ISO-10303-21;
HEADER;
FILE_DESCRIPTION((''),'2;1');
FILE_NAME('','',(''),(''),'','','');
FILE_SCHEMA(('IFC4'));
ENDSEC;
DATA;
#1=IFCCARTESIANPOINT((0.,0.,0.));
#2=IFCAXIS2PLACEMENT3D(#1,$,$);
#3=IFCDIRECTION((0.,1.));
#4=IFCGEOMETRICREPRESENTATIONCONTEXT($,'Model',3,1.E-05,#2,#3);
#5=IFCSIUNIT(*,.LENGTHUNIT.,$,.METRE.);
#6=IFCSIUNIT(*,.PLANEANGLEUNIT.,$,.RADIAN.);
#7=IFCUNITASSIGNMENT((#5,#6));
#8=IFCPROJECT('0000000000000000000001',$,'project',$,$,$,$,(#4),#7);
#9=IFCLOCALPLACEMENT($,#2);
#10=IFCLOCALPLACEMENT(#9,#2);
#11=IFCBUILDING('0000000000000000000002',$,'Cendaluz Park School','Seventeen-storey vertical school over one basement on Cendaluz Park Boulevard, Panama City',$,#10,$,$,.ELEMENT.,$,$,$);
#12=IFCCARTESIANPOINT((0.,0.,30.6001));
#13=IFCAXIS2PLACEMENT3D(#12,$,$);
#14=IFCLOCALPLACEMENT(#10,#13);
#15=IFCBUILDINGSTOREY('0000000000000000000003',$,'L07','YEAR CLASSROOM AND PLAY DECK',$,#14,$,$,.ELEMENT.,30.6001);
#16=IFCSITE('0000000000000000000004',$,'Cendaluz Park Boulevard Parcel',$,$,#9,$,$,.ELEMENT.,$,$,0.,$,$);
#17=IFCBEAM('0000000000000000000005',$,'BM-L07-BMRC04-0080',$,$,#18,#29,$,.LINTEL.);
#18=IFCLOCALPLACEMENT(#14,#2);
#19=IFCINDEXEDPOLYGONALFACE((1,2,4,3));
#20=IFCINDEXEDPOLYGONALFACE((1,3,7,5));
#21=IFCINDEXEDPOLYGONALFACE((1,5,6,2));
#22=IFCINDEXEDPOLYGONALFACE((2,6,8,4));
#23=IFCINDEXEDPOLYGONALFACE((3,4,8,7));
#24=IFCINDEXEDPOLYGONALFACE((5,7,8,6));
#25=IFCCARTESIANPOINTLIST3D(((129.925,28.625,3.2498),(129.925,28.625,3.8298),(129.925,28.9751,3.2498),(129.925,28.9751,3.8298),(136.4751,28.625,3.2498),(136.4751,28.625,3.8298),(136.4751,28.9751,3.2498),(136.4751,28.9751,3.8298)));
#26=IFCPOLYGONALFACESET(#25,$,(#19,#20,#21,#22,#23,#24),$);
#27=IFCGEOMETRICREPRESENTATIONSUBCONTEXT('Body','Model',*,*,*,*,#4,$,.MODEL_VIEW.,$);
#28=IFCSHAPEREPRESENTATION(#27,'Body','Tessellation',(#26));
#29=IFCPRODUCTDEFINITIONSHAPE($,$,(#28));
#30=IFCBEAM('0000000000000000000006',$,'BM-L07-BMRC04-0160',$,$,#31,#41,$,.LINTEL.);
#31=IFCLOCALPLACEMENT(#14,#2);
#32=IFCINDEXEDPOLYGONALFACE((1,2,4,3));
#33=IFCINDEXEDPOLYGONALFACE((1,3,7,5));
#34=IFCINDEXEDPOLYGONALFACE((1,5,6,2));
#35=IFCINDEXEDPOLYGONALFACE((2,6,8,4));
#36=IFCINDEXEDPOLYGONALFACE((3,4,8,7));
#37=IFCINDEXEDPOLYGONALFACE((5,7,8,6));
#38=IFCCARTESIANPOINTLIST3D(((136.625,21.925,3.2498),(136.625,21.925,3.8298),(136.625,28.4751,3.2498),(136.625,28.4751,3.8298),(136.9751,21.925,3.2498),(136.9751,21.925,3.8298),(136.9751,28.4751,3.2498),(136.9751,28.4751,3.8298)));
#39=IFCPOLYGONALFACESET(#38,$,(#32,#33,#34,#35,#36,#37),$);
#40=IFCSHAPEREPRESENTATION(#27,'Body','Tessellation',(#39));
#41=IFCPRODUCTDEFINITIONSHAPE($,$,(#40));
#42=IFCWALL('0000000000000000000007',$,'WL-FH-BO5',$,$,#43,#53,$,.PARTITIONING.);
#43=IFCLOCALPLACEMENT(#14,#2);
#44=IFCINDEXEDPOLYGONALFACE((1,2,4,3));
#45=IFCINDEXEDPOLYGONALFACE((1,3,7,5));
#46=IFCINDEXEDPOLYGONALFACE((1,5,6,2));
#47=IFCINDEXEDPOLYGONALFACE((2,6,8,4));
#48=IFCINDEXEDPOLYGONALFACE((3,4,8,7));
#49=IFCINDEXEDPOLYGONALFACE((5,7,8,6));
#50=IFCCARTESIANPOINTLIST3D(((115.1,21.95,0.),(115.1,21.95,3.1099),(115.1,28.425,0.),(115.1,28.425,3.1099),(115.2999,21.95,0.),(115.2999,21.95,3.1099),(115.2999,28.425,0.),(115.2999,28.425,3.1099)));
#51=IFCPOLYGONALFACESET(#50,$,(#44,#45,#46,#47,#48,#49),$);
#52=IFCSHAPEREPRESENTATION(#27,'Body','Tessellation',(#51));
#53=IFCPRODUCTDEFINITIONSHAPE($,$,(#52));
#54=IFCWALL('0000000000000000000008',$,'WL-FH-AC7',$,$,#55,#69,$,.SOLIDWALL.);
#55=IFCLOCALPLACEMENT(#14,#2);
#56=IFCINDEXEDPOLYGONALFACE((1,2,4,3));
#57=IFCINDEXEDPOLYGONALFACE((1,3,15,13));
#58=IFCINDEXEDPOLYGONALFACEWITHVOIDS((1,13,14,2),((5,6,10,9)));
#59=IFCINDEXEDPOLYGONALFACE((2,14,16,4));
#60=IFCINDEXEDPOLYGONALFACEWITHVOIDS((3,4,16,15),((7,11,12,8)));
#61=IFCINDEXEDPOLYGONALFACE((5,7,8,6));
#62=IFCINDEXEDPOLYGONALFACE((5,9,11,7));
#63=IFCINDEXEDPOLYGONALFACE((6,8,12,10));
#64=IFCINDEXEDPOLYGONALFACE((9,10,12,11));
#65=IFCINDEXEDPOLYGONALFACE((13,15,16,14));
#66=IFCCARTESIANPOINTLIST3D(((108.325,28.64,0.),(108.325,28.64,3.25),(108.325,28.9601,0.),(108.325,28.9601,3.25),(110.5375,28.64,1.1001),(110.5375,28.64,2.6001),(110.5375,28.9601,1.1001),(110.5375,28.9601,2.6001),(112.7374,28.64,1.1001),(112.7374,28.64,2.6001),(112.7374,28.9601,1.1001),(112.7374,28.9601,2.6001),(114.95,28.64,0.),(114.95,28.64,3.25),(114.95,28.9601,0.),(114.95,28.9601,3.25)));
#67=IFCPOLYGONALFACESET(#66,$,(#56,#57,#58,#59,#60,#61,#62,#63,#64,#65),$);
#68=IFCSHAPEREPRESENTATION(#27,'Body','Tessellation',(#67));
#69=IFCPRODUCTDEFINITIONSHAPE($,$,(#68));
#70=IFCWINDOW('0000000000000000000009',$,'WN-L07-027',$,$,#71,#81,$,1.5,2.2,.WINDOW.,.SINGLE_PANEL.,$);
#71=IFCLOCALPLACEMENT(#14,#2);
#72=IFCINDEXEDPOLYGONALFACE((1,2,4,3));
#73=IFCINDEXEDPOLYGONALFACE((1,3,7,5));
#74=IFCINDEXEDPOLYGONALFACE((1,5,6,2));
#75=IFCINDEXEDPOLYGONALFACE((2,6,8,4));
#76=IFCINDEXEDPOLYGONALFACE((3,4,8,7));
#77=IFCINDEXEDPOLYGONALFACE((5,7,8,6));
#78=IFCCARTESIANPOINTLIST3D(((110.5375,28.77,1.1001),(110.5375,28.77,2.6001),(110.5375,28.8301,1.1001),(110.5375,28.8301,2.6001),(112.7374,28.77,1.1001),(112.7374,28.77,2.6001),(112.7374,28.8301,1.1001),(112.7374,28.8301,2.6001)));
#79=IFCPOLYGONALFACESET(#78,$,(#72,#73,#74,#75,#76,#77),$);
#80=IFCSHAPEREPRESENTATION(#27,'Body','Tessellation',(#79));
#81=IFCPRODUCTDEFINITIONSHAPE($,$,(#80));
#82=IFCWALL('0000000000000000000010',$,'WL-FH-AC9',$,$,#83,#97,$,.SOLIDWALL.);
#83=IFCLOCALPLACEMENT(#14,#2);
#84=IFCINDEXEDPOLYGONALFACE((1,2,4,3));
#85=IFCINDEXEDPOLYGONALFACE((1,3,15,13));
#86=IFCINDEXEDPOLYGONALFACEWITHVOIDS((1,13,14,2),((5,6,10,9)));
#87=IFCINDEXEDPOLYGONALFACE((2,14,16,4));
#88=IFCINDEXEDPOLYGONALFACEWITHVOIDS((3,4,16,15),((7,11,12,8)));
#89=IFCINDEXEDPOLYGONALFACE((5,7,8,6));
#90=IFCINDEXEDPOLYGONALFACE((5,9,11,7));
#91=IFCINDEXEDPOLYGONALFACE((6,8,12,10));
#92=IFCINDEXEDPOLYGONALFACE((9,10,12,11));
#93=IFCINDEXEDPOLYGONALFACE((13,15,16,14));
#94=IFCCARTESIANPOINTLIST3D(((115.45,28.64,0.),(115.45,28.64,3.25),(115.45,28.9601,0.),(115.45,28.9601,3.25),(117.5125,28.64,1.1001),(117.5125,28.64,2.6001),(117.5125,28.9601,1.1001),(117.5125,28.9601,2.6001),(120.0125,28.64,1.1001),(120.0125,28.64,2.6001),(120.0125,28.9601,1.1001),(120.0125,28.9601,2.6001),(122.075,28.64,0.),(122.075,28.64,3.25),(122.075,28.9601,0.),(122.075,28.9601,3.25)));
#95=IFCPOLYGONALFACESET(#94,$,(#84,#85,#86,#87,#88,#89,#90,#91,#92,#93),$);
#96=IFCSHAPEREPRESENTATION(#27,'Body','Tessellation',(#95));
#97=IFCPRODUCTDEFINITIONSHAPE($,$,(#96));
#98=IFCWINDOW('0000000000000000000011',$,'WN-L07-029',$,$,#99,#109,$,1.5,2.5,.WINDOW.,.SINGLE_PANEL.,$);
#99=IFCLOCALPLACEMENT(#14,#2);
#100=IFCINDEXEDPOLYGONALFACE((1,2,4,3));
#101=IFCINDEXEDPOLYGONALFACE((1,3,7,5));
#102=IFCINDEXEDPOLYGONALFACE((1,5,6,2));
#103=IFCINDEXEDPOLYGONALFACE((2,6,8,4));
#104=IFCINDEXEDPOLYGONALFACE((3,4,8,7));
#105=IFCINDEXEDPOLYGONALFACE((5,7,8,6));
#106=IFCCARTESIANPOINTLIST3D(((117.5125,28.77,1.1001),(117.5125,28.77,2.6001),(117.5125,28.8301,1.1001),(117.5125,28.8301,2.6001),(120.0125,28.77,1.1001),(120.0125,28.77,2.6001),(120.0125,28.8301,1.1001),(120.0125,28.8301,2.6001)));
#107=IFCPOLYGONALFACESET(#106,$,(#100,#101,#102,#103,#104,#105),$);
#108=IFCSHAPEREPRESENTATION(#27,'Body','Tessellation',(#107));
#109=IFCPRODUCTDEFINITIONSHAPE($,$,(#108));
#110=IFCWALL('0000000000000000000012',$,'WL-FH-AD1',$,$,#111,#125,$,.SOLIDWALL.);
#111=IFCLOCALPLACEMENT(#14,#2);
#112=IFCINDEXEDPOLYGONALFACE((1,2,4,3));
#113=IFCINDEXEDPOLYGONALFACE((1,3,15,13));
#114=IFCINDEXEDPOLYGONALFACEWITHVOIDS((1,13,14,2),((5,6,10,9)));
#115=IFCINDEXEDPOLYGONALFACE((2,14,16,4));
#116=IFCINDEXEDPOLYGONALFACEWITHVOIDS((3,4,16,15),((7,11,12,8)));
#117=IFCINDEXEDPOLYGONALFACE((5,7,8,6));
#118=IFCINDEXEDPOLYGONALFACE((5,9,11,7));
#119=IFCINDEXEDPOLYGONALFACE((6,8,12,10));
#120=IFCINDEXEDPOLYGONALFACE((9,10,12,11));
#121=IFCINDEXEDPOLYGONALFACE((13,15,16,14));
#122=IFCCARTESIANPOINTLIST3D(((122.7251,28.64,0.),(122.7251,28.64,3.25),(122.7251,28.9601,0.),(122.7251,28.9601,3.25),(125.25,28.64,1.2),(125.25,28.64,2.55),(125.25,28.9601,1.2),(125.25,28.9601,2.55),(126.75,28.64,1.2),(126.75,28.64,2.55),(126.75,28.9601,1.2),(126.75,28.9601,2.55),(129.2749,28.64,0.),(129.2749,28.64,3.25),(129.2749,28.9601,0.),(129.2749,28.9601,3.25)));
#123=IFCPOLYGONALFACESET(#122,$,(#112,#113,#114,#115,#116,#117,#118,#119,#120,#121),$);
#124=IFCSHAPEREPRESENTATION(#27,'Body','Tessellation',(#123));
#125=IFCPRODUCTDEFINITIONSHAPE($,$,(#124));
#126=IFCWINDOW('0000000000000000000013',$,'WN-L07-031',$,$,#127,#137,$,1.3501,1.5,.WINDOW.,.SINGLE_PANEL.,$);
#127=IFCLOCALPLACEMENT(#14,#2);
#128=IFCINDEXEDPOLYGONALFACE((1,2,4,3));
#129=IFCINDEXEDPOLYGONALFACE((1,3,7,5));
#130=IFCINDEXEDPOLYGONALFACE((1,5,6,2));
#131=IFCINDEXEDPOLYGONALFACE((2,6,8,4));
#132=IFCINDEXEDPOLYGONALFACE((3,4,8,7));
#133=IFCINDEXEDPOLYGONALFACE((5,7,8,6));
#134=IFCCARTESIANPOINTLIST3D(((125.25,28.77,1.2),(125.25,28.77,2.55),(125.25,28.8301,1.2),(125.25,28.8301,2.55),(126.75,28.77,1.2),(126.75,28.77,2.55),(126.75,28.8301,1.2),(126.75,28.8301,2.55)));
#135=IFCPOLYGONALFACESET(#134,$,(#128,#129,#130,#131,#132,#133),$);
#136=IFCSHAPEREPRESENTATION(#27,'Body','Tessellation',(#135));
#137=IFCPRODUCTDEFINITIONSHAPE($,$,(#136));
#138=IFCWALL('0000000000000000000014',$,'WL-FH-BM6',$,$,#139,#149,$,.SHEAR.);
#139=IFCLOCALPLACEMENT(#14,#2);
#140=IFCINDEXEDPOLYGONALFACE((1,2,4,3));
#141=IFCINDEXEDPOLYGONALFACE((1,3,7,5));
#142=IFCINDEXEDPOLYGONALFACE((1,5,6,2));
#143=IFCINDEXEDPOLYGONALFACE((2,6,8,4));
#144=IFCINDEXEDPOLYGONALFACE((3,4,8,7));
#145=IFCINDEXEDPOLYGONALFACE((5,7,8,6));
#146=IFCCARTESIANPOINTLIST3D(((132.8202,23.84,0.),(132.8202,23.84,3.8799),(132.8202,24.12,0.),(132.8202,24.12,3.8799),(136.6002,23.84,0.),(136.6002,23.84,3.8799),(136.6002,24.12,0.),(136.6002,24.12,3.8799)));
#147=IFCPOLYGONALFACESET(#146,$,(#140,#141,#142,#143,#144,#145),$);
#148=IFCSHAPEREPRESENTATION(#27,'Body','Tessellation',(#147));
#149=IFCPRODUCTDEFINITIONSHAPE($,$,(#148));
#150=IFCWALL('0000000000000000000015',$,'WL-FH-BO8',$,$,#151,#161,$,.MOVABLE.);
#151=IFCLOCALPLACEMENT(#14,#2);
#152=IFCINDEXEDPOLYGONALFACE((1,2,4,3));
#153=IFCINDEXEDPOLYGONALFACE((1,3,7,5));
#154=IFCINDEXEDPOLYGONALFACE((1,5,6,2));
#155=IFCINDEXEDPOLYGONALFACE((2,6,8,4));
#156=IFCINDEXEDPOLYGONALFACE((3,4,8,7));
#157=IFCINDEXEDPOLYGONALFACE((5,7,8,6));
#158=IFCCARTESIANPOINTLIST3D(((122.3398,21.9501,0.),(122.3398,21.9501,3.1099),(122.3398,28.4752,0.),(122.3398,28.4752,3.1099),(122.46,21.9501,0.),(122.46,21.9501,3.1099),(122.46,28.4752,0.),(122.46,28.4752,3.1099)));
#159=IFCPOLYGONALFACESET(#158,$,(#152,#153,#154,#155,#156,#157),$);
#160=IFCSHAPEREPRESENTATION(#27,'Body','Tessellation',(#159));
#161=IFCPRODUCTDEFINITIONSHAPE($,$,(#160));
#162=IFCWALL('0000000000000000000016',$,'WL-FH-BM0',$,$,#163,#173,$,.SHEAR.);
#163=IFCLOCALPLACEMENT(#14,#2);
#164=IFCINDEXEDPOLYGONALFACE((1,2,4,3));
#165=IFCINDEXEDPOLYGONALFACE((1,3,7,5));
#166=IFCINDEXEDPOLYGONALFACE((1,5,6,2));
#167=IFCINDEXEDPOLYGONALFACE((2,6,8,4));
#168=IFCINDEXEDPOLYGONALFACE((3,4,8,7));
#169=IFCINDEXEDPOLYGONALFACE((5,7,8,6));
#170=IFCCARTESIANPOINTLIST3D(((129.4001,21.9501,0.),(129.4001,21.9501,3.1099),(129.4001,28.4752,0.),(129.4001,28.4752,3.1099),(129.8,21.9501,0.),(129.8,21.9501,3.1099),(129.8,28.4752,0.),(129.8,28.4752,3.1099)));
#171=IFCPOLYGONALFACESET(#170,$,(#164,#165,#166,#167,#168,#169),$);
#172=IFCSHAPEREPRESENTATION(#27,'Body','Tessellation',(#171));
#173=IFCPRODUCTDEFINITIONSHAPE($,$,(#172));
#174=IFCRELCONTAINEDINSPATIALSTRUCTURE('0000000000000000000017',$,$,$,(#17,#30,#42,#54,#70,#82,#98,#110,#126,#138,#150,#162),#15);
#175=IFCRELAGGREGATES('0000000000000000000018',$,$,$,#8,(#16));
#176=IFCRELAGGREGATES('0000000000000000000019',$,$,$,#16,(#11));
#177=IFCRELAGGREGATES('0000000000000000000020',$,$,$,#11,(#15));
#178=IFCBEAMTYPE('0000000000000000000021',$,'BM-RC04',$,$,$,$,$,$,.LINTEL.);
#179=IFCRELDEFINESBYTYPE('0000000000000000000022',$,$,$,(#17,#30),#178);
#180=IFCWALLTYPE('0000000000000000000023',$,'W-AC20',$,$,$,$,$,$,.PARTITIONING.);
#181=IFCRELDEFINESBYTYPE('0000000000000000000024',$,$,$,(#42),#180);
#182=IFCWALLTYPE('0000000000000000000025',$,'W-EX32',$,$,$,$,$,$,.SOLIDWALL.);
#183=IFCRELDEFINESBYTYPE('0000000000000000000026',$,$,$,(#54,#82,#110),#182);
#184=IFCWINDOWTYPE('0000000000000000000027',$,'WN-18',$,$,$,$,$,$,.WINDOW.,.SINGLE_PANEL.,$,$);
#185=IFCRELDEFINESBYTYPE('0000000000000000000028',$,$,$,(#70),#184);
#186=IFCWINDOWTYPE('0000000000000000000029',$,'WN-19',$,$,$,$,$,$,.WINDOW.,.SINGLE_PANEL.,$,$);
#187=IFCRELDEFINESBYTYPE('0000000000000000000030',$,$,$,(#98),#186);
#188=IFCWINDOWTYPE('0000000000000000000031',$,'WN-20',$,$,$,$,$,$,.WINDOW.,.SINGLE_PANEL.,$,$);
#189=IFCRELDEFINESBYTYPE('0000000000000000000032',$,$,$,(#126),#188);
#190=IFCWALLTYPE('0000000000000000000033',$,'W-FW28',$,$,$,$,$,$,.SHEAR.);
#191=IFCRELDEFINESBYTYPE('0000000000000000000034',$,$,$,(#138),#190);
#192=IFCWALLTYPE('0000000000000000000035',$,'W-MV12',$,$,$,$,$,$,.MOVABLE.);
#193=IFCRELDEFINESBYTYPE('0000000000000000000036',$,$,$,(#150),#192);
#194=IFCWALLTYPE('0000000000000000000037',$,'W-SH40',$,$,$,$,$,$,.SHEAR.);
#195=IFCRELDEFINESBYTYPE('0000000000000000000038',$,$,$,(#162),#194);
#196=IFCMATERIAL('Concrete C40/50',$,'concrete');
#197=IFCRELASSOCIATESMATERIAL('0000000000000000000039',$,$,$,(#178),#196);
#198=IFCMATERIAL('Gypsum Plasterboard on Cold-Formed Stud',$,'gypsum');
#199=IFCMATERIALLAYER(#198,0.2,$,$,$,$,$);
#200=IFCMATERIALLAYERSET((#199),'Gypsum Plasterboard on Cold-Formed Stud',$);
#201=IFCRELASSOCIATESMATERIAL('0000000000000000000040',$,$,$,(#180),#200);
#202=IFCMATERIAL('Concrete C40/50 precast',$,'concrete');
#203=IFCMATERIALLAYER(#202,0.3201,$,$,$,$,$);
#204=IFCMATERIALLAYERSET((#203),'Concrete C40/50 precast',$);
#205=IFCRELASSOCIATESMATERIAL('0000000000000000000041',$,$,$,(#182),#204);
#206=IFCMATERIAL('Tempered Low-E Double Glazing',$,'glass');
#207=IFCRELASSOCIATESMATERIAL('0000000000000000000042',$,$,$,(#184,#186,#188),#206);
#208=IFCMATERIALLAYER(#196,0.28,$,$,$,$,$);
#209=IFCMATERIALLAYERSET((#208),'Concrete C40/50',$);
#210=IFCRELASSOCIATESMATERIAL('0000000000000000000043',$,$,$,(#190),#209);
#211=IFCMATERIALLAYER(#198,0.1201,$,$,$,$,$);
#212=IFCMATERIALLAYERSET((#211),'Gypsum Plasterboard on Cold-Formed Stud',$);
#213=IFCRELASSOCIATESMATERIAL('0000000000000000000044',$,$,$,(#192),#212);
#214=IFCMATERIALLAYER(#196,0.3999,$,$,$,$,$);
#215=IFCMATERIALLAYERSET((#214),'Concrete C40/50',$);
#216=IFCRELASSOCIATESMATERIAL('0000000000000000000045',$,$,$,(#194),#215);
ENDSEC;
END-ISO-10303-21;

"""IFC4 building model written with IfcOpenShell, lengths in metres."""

from ifc_helpers import new_model, si_unit, direction, frame, frame_2d, origin, origin_2d, place, context, subcontext, project, spatial, rectangle, extrude, material, layer, layer_set, material_profile, profile_set, type_object, element, fill, save


model = new_model("IFC4")

# Units and contexts
model_context = context("Model", 3, precision=1e-05, world=origin(), true_north=direction((0.0, 1.0)))
body_context = subcontext(model_context, "Body", "Model", "MODEL_VIEW")
ifc_project = project(units=[si_unit("LENGTHUNIT", "METRE"), si_unit("PLANEANGLEUNIT", "RADIAN")], contexts=[model_context])

# Site, building, storey
site_placement = place(None, origin())
site = spatial("IfcSite", under=ifc_project, at=site_placement, Name="Cendaluz Park Boulevard Parcel", CompositionType="ELEMENT", RefElevation=0.0)
building_placement = place(site_placement, origin())
building = spatial("IfcBuilding", under=site, at=building_placement, Name="Cendaluz Park School", Description="Seventeen-storey vertical school over one basement on Cendaluz Park Boulevard, Panama City", CompositionType="ELEMENT")
storey_placement = place(building_placement, frame((0.0, 0.0, 30.6001)))
storey = spatial("IfcBuildingStorey", under=building, at=storey_placement, Name="L07", Description="YEAR CLASSROOM AND PLAY DECK", CompositionType="ELEMENT", Elevation=30.6001)

# Shared definitions
ifc_material_1 = material(Name="Concrete C40/50", Category="concrete")

# Beams
ifc_material_profile_1 = material_profile(ifc_material_1, rectangle(XDim=0.3501, YDim=0.5801, at=origin_2d()), Name="RC 350x580", Category="concrete")
ifc_profile_set_1 = profile_set([ifc_material_profile_1], Name="Concrete C40/50")
beam_type_1 = type_object("IfcBeamType", Name="BM-RC04", PredefinedType="LINTEL", material=ifc_profile_set_1)
for number, where, z_axis, x_axis, name in (
    (1, (129.925, 28.8, 3.5398), (1.0, 0.0, 0.0), (0.0, 1.0, 0.0), "BM-L07-BMRC04-0080"),
    (2, (136.8, 21.925, 3.5398), (0.0, 1.0, 0.0), (-1.0, 0.0, 0.0), "BM-L07-BMRC04-0160"),
):
    element("IfcBeam", number, at=place(storey_placement, frame(where, z_axis=z_axis, x_axis=x_axis)), inside=storey, type_object=beam_type_1, Name=name, PredefinedType="LINTEL", context=body_context, shape_type="SweptSolid", body=[
        extrude(rectangle(XDim=0.3501, YDim=0.5801, at=origin_2d()), origin(), (0.0, 0.0, 1.0), 6.55),
    ])

# Wall
ifc_material_2 = material(Name="Gypsum Plasterboard on Cold-Formed Stud", Category="gypsum")
ifc_layer_1 = layer(ifc_material_2, 0.2)
ifc_layer_set_1 = layer_set([ifc_layer_1], Name="Gypsum Plasterboard on Cold-Formed Stud")
wall_type_1 = type_object("IfcWallType", Name="W-AC20", PredefinedType="PARTITIONING", material=ifc_layer_set_1)
wall_1_placement = place(storey_placement, frame((115.2, 21.95, 0.0), z_axis=(0.0, 0.0, 1.0), x_axis=(0.0, 1.0, 0.0)))
element("IfcWall", 3, at=wall_1_placement, inside=storey, type_object=wall_type_1, Name="WL-FH-BO5", PredefinedType="PARTITIONING", context=body_context, shape_type="SweptSolid", body=[
    extrude(rectangle(XDim=6.4751, YDim=0.2, at=frame_2d((3.2375, 0.0))), origin(), (0.0, 0.0, 1.0), 3.1099),
])

# Walls, openings, windows
ifc_material_3 = material(Name="Concrete C40/50 precast", Category="concrete")
ifc_layer_2 = layer(ifc_material_3, 0.3201)
ifc_layer_set_2 = layer_set([ifc_layer_2], Name="Concrete C40/50 precast")
wall_type_2 = type_object("IfcWallType", Name="W-EX32", PredefinedType="SOLIDWALL", material=ifc_layer_set_2)
wall_2_placement = place(storey_placement, frame((108.325, 28.8, 0.0), z_axis=(0.0, 0.0, 1.0), x_axis=(1.0, 0.0, 0.0)))
wall_2 = element("IfcWall", 4, at=wall_2_placement, inside=storey, type_object=wall_type_2, Name="WL-FH-AC7", PredefinedType="SOLIDWALL", context=body_context, shape_type="SweptSolid", body=[
    extrude(rectangle(XDim=6.625, YDim=0.3201, at=frame_2d((3.3125, 0.0))), origin(), (0.0, 0.0, 1.0), 3.25),
])
opening_1_placement = place(wall_2_placement, frame((2.2124, 0.0, 1.1001)))
opening_1 = element("IfcOpeningElement", 5, at=opening_1_placement, cuts=wall_2, PredefinedType="OPENING", context=body_context, shape_type="SweptSolid", body=[
    extrude(rectangle(XDim=2.2, YDim=1.5, at=frame_2d((1.1001, 0.75))), frame((0.0, 0.1721, 0.0), z_axis=(0.0, -1.0, 0.0), x_axis=(1.0, 0.0, 0.0)), (0.0, 0.0, 1.0), 0.344),
])
ifc_material_4 = material(Name="Tempered Low-E Double Glazing", Category="glass")
window_type_1 = type_object("IfcWindowType", Name="WN-18", PartitioningType="SINGLE_PANEL", PredefinedType="WINDOW", material=ifc_material_4)
window_1_placement = place(opening_1_placement, origin())
window_1 = element("IfcWindow", 6, at=window_1_placement, inside=storey, type_object=window_type_1, Name="WN-L07-027", OverallHeight=1.5, OverallWidth=2.2, PartitioningType="SINGLE_PANEL", PredefinedType="WINDOW", context=body_context, shape_type="SweptSolid", body=[
    extrude(rectangle(XDim=2.2, YDim=1.5, at=frame_2d((1.1001, 0.75))), frame((0.0, 0.03, 0.0), z_axis=(0.0, -1.0, 0.0), x_axis=(1.0, 0.0, 0.0)), (0.0, 0.0, 1.0), 0.0601),
])
fill(opening_1, window_1)
wall_3_placement = place(storey_placement, frame((115.45, 28.8, 0.0), z_axis=(0.0, 0.0, 1.0), x_axis=(1.0, 0.0, 0.0)))
wall_3 = element("IfcWall", 7, at=wall_3_placement, inside=storey, type_object=wall_type_2, Name="WL-FH-AC9", PredefinedType="SOLIDWALL", context=body_context, shape_type="SweptSolid", body=[
    extrude(rectangle(XDim=6.625, YDim=0.3201, at=frame_2d((3.3125, 0.0))), origin(), (0.0, 0.0, 1.0), 3.25),
])
opening_2_placement = place(wall_3_placement, frame((2.0625, 0.0, 1.1001)))
opening_2 = element("IfcOpeningElement", 8, at=opening_2_placement, cuts=wall_3, PredefinedType="OPENING", context=body_context, shape_type="SweptSolid", body=[
    extrude(rectangle(XDim=2.5, YDim=1.5, at=frame_2d((1.25, 0.75))), frame((0.0, 0.1721, 0.0), z_axis=(0.0, -1.0, 0.0), x_axis=(1.0, 0.0, 0.0)), (0.0, 0.0, 1.0), 0.344),
])
window_type_2 = type_object("IfcWindowType", Name="WN-19", PartitioningType="SINGLE_PANEL", PredefinedType="WINDOW", material=ifc_material_4)
window_2_placement = place(opening_2_placement, origin())
window_2 = element("IfcWindow", 9, at=window_2_placement, inside=storey, type_object=window_type_2, Name="WN-L07-029", OverallHeight=1.5, OverallWidth=2.5, PartitioningType="SINGLE_PANEL", PredefinedType="WINDOW", context=body_context, shape_type="SweptSolid", body=[
    extrude(rectangle(XDim=2.5, YDim=1.5, at=frame_2d((1.25, 0.75))), frame((0.0, 0.03, 0.0), z_axis=(0.0, -1.0, 0.0), x_axis=(1.0, 0.0, 0.0)), (0.0, 0.0, 1.0), 0.0601),
])
fill(opening_2, window_2)
wall_4_placement = place(storey_placement, frame((122.7251, 28.8, 0.0), z_axis=(0.0, 0.0, 1.0), x_axis=(1.0, 0.0, 0.0)))
wall_4 = element("IfcWall", 10, at=wall_4_placement, inside=storey, type_object=wall_type_2, Name="WL-FH-AD1", PredefinedType="SOLIDWALL", context=body_context, shape_type="SweptSolid", body=[
    extrude(rectangle(XDim=6.5498, YDim=0.3201, at=frame_2d((3.2749, 0.0))), origin(), (0.0, 0.0, 1.0), 3.25),
])
opening_3_placement = place(wall_4_placement, frame((2.5249, 0.0, 1.2)))
opening_3 = element("IfcOpeningElement", 11, at=opening_3_placement, cuts=wall_4, PredefinedType="OPENING", context=body_context, shape_type="SweptSolid", body=[
    extrude(rectangle(XDim=1.5, YDim=1.3501, at=frame_2d((0.75, 0.675))), frame((0.0, 0.1721, 0.0), z_axis=(0.0, -1.0, 0.0), x_axis=(1.0, 0.0, 0.0)), (0.0, 0.0, 1.0), 0.344),
])
window_type_3 = type_object("IfcWindowType", Name="WN-20", PartitioningType="SINGLE_PANEL", PredefinedType="WINDOW", material=ifc_material_4)
window_3_placement = place(opening_3_placement, origin())
window_3 = element("IfcWindow", 12, at=window_3_placement, inside=storey, type_object=window_type_3, Name="WN-L07-031", OverallHeight=1.3501, OverallWidth=1.5, PartitioningType="SINGLE_PANEL", PredefinedType="WINDOW", context=body_context, shape_type="SweptSolid", body=[
    extrude(rectangle(XDim=1.5, YDim=1.3501, at=frame_2d((0.75, 0.675))), frame((0.0, 0.03, 0.0), z_axis=(0.0, -1.0, 0.0), x_axis=(1.0, 0.0, 0.0)), (0.0, 0.0, 1.0), 0.0601),
])
fill(opening_3, window_3)

# Wall
ifc_layer_3 = layer(ifc_material_1, 0.28)
ifc_layer_set_3 = layer_set([ifc_layer_3], Name="Concrete C40/50")
wall_type_3 = type_object("IfcWallType", Name="W-FW28", PredefinedType="SHEAR", material=ifc_layer_set_3)
wall_5_placement = place(storey_placement, frame((132.8201, 23.98, 0.0), z_axis=(0.0, 0.0, 1.0), x_axis=(1.0, 0.0, 0.0)))
element("IfcWall", 13, at=wall_5_placement, inside=storey, type_object=wall_type_3, Name="WL-FH-BM6", PredefinedType="SHEAR", context=body_context, shape_type="SweptSolid", body=[
    extrude(rectangle(XDim=3.78, YDim=0.28, at=frame_2d((1.8901, 0.0))), origin(), (0.0, 0.0, 1.0), 3.8799),
])

# Walls
ifc_layer_4 = layer(ifc_material_2, 0.1201)
ifc_layer_set_4 = layer_set([ifc_layer_4], Name="Gypsum Plasterboard on Cold-Formed Stud")
wall_type_4 = type_object("IfcWallType", Name="W-MV12", PredefinedType="MOVABLE", material=ifc_layer_set_4)
wall_6_placement = place(storey_placement, frame((122.3999, 21.95, 0.0), z_axis=(0.0, 0.0, 1.0), x_axis=(0.0, 1.0, 0.0)))
element("IfcWall", 14, at=wall_6_placement, inside=storey, type_object=wall_type_4, Name="WL-FH-BO8", PredefinedType="MOVABLE", context=body_context, shape_type="SweptSolid", body=[
    extrude(rectangle(XDim=6.5251, YDim=0.1201, at=frame_2d((3.2627, 0.0))), origin(), (0.0, 0.0, 1.0), 3.1099),
])
ifc_layer_5 = layer(ifc_material_1, 0.3999)
ifc_layer_set_5 = layer_set([ifc_layer_5], Name="Concrete C40/50")
wall_type_5 = type_object("IfcWallType", Name="W-SH40", PredefinedType="SHEAR", material=ifc_layer_set_5)
wall_7_placement = place(storey_placement, frame((129.6001, 21.95, 0.0), z_axis=(0.0, 0.0, 1.0), x_axis=(0.0, 1.0, 0.0)))
element("IfcWall", 15, at=wall_7_placement, inside=storey, type_object=wall_type_5, Name="WL-FH-BM0", PredefinedType="SHEAR", context=body_context, shape_type="SweptSolid", body=[
    extrude(rectangle(XDim=6.5251, YDim=0.3999, at=frame_2d((3.2627, 0.0))), origin(), (0.0, 0.0, 1.0), 3.1099),
])

save(model, "model.ifc")
